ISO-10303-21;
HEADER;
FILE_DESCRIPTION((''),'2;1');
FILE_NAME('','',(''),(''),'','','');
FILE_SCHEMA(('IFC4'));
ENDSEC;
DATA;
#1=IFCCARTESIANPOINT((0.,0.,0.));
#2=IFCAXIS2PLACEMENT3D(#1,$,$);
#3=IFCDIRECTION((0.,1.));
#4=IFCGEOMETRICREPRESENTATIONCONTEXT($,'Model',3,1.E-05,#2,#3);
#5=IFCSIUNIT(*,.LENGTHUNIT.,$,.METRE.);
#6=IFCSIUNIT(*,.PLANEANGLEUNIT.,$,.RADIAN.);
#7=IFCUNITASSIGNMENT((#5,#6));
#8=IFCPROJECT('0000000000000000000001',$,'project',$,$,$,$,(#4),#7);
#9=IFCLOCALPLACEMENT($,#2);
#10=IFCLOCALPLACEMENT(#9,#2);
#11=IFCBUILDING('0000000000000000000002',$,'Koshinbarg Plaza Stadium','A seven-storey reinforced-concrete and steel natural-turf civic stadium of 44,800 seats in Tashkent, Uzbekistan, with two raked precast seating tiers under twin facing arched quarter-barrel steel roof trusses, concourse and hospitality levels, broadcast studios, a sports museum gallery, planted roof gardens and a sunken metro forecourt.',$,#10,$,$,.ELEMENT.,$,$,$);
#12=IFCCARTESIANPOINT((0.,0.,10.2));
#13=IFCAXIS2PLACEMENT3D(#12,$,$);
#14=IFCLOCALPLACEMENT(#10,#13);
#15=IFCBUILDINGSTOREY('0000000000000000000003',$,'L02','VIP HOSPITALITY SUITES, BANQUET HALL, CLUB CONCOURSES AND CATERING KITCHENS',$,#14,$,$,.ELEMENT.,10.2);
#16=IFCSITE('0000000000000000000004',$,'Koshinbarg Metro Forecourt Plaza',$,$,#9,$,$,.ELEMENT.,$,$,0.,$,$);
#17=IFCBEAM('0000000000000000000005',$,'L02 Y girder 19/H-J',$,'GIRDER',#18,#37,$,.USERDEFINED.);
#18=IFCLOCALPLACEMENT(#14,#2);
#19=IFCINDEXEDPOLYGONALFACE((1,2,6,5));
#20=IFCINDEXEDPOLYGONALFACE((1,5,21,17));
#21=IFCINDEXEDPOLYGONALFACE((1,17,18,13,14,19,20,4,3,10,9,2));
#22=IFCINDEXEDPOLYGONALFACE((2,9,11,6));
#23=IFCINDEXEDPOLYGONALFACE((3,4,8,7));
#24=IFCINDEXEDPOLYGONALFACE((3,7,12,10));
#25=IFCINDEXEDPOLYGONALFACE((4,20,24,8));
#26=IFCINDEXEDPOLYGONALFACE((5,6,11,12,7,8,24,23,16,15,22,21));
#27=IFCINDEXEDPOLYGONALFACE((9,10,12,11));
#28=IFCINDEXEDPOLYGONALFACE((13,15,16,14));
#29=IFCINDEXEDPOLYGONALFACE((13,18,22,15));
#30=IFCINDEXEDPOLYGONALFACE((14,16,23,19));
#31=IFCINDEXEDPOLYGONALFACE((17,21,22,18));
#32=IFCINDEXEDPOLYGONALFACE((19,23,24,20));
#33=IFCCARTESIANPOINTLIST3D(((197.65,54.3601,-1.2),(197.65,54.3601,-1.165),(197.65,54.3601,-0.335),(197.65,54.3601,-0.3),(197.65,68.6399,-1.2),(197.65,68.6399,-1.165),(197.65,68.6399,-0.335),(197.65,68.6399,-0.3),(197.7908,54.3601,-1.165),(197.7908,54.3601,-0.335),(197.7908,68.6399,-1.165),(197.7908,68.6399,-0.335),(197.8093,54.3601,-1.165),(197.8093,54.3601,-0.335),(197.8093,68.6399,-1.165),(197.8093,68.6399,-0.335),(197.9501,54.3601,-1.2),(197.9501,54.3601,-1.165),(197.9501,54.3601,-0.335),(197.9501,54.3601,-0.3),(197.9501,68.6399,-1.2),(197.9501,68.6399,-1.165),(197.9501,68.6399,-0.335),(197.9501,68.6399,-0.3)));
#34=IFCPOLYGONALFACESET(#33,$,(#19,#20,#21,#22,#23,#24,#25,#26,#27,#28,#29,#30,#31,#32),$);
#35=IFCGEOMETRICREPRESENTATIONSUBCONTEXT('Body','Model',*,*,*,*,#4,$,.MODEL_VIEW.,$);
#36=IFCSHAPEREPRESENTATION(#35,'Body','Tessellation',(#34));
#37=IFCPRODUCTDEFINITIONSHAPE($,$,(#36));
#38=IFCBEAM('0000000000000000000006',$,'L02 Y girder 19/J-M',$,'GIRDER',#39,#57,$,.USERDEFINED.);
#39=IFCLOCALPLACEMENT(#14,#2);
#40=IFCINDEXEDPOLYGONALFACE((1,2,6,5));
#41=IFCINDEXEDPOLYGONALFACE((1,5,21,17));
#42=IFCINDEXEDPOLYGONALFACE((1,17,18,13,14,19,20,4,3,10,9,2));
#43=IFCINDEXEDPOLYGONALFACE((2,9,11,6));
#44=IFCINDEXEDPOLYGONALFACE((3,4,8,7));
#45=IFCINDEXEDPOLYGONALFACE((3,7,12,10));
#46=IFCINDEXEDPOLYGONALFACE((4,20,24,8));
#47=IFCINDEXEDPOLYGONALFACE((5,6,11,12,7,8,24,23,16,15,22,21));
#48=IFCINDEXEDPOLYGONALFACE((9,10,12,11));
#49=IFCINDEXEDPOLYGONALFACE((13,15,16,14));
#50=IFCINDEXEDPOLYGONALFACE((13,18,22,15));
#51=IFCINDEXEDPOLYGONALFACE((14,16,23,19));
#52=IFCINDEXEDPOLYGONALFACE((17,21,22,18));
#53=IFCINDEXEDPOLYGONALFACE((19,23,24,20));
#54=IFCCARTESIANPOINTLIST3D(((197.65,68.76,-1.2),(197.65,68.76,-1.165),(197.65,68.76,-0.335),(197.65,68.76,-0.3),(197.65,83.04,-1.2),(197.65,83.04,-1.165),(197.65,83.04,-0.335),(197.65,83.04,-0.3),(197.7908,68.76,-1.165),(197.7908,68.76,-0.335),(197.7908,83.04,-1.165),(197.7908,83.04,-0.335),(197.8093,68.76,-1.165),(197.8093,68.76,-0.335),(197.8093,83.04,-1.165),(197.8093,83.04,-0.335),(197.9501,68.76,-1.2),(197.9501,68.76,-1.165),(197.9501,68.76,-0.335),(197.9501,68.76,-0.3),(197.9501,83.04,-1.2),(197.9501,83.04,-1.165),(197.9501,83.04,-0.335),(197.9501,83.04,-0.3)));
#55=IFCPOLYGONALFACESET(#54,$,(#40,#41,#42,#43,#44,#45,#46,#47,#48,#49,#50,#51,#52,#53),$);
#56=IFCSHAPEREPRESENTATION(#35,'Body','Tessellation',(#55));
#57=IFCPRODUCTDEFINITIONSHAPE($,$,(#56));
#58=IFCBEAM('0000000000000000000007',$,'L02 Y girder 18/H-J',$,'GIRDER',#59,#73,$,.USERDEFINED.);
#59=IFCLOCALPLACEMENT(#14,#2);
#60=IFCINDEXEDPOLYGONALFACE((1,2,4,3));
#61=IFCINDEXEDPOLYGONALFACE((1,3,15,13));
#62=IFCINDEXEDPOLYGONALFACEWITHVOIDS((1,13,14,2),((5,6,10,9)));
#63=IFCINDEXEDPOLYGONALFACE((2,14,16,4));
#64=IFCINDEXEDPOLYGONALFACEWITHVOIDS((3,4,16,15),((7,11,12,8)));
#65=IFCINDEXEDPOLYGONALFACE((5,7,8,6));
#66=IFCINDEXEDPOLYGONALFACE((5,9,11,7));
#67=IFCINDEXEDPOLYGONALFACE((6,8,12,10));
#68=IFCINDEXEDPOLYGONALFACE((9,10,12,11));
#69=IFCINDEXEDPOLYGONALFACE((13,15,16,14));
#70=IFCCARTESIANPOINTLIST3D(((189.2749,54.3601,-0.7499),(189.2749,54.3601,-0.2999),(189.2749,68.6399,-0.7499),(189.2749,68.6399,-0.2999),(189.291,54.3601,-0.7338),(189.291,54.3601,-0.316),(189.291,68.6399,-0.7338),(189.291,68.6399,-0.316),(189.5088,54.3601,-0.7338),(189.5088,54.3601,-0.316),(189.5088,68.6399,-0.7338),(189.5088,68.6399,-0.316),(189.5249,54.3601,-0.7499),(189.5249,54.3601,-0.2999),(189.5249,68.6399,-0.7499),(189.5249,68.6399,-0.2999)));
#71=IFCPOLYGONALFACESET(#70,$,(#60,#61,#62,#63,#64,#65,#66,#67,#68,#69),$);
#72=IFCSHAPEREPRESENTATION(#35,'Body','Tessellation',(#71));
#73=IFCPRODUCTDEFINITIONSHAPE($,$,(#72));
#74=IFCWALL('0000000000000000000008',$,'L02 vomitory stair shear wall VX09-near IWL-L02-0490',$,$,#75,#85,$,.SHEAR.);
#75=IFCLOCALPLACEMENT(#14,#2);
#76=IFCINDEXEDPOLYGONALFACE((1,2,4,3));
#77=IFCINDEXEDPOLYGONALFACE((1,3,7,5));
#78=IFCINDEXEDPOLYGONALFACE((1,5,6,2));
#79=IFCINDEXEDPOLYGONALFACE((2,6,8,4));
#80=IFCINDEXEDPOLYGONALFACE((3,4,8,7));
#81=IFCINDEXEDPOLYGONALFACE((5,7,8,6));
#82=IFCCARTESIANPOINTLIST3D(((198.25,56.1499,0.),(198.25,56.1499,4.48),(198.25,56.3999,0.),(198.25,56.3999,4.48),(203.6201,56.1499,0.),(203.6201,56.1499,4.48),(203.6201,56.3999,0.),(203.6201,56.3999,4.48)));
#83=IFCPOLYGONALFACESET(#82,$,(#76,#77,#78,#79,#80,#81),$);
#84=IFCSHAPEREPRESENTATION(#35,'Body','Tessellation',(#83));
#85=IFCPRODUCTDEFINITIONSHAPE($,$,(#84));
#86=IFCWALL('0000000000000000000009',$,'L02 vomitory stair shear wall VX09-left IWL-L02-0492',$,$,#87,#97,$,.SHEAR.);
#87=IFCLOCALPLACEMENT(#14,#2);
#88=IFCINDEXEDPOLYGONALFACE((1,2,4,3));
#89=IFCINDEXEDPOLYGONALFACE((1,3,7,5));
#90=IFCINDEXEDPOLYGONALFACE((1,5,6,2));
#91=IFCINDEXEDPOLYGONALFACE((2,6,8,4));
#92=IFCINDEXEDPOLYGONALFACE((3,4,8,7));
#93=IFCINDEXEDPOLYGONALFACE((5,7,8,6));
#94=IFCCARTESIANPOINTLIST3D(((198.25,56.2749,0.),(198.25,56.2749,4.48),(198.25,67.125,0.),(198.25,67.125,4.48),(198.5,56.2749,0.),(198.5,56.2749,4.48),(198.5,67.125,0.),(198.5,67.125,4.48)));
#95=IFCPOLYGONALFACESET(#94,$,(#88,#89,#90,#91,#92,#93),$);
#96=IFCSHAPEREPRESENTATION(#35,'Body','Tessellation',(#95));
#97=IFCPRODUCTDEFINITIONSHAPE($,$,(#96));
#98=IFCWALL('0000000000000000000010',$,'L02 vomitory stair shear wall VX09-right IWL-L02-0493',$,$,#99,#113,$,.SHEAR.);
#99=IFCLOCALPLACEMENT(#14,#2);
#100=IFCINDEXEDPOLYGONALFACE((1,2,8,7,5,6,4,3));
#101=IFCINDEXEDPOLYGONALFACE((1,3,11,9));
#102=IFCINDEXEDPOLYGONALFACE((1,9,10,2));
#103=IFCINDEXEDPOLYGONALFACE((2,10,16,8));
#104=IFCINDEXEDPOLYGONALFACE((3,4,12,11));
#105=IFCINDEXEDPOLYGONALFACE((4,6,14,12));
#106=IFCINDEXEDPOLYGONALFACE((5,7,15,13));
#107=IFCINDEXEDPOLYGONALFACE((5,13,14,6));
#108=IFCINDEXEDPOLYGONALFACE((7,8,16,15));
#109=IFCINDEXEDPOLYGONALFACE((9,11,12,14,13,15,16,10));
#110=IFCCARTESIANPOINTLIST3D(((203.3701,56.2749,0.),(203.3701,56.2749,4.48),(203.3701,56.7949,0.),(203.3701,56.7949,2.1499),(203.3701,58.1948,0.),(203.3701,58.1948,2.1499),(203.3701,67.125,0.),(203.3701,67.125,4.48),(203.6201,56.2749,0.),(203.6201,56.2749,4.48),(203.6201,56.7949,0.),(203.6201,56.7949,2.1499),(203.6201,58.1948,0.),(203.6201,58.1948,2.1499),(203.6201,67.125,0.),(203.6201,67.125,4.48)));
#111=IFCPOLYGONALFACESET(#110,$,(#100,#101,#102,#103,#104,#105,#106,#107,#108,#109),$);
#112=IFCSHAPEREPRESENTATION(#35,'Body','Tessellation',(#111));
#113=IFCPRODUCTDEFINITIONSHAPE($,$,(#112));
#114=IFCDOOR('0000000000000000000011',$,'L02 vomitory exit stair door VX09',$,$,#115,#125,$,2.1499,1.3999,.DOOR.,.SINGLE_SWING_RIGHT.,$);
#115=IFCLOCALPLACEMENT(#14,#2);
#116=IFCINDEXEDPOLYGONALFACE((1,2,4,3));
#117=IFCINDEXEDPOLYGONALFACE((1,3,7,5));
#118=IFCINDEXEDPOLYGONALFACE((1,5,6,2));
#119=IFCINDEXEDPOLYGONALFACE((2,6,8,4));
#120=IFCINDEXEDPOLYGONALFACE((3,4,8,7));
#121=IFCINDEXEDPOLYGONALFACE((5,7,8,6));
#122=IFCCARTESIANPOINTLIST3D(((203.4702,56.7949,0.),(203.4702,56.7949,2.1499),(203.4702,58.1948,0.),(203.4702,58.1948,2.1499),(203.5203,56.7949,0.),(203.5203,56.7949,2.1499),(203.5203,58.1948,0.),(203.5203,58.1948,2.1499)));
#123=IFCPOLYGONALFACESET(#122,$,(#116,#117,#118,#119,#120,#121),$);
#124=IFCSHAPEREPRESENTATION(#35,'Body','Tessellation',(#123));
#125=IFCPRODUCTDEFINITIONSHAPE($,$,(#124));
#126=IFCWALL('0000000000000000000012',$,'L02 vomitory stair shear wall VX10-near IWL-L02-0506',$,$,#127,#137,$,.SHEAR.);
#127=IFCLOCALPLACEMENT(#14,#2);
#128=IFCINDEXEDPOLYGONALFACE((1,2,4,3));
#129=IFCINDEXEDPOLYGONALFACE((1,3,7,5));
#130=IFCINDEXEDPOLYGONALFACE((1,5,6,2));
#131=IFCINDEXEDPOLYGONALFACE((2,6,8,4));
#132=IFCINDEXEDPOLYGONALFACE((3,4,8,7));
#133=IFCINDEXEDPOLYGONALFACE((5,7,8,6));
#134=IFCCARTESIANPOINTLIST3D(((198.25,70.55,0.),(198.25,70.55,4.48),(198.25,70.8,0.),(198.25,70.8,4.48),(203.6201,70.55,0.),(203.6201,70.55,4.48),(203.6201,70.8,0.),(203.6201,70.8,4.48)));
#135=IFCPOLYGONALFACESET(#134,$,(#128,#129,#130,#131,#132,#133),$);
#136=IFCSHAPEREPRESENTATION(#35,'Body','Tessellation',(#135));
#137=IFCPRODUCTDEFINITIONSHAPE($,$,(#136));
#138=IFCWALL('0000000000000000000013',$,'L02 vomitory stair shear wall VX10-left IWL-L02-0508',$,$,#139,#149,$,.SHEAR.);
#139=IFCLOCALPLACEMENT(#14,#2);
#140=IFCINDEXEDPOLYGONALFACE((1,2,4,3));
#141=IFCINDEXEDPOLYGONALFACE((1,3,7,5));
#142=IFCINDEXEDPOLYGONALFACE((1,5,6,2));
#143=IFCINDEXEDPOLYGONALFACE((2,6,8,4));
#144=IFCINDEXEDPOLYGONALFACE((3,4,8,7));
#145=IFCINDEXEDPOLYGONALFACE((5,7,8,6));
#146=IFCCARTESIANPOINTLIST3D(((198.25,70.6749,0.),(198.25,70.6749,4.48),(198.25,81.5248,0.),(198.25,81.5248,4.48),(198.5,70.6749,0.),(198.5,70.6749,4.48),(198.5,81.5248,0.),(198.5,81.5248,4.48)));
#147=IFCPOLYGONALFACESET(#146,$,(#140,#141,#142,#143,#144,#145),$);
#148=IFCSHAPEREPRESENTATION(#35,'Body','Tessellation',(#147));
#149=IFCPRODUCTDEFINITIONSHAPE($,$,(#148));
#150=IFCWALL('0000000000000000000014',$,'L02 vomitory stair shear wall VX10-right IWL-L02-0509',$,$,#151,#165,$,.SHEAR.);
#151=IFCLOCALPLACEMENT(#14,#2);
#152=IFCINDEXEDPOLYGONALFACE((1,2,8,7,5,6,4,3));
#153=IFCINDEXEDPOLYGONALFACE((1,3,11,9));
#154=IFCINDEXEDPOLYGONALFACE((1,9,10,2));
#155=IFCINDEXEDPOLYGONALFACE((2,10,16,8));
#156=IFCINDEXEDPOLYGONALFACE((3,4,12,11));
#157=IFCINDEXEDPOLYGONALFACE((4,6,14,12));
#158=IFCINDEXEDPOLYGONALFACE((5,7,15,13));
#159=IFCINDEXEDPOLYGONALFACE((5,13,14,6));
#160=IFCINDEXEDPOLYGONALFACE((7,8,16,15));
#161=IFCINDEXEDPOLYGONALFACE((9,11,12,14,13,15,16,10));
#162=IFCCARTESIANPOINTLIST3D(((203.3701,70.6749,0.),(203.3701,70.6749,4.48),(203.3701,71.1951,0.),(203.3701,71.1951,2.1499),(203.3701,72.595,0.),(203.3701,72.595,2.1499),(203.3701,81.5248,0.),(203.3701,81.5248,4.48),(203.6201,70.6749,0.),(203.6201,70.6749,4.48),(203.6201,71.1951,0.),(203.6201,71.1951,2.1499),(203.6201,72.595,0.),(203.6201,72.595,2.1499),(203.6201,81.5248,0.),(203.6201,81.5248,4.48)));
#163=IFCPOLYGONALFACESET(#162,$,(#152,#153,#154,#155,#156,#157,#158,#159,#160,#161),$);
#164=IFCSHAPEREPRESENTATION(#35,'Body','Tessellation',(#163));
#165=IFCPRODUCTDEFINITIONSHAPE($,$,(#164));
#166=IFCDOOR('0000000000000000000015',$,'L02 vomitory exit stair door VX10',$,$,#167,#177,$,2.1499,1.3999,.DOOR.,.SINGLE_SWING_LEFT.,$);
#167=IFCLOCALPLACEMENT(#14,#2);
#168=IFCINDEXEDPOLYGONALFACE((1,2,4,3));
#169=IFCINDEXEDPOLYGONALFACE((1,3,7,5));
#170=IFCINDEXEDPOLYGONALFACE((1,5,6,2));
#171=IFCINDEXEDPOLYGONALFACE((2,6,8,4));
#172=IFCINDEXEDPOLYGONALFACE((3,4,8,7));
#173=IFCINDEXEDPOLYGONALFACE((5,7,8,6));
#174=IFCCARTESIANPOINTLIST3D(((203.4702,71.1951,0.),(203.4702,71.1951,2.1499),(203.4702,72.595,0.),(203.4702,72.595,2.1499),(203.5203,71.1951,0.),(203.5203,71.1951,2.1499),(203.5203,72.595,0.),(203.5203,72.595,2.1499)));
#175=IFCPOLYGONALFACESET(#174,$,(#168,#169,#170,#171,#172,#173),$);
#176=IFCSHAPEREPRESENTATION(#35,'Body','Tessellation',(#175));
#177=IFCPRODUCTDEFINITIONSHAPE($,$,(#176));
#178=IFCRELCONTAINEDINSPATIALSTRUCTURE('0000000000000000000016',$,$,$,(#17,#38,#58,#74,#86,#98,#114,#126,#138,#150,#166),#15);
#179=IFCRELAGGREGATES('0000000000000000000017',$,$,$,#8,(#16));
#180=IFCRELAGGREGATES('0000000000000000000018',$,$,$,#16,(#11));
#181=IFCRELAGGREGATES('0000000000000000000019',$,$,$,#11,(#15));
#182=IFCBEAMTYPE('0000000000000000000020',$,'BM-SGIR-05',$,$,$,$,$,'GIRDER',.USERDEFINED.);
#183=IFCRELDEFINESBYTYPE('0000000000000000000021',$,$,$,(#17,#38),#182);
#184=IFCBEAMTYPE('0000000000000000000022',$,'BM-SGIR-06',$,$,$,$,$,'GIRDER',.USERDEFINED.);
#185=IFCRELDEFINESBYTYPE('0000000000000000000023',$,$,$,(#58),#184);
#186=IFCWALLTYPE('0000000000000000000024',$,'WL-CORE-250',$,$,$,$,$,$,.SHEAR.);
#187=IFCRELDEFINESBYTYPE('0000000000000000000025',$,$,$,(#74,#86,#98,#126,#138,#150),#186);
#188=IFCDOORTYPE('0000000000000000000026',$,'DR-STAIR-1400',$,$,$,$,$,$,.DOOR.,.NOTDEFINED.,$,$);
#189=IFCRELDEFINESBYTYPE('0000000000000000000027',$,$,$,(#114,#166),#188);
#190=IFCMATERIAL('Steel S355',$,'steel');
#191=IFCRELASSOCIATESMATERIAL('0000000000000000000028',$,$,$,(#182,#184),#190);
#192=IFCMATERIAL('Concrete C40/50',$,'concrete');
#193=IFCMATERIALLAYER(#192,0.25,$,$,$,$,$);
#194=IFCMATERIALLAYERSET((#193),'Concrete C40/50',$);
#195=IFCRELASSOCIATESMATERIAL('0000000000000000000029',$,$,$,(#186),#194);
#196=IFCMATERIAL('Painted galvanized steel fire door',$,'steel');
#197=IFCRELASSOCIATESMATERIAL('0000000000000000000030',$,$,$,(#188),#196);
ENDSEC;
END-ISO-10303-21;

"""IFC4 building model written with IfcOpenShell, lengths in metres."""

from ifc_helpers import new_model, si_unit, direction, frame, frame_2d, origin, origin_2d, place, context, subcontext, project, spatial, rectangle, hollow_rectangle, i_section, extrude, material, layer, layer_set, material_profile, profile_set, type_object, element, fill, save


model = new_model("IFC4")

# Units and contexts
model_context = context("Model", 3, precision=1e-05, world=origin(), true_north=direction((0.0, 1.0)))
body_context = subcontext(model_context, "Body", "Model", "MODEL_VIEW")
ifc_project = project(units=[si_unit("LENGTHUNIT", "METRE"), si_unit("PLANEANGLEUNIT", "RADIAN")], contexts=[model_context])

# Site, building, storey
site_placement = place(None, origin())
site = spatial("IfcSite", under=ifc_project, at=site_placement, Name="Koshinbarg Metro Forecourt Plaza", CompositionType="ELEMENT", RefElevation=0.0)
building_placement = place(site_placement, origin())
building = spatial("IfcBuilding", under=site, at=building_placement, Name="Koshinbarg Plaza Stadium", Description="A seven-storey reinforced-concrete and steel natural-turf civic stadium of 44,800 seats in Tashkent, Uzbekistan, with two raked precast seating tiers under twin facing arched quarter-barrel steel roof trusses, concourse and hospitality levels, broadcast studios, a sports museum gallery, planted roof gardens and a sunken metro forecourt.", CompositionType="ELEMENT")
storey_placement = place(building_placement, frame((0.0, 0.0, 10.2)))
storey = spatial("IfcBuildingStorey", under=building, at=storey_placement, Name="L02", Description="VIP HOSPITALITY SUITES, BANQUET HALL, CLUB CONCOURSES AND CATERING KITCHENS", CompositionType="ELEMENT", Elevation=10.2)

# Shared definitions
ifc_material_1 = material(Name="Concrete C40/50", Category="concrete")

# Beams
ifc_material_2 = material(Name="Steel S355", Category="steel")
ifc_material_profile_1 = material_profile(ifc_material_2, i_section(OverallWidth=0.3, OverallDepth=0.8999, WebThickness=0.0186, FlangeThickness=0.0349, at=origin_2d()), Name="HEB 900")
ifc_profile_set_1 = profile_set([ifc_material_profile_1], Name="Steel S355")
beam_type_1 = type_object("IfcBeamType", Name="BM-SGIR-05", ElementType="GIRDER", PredefinedType="USERDEFINED", material=ifc_profile_set_1)
beam_1_placement = place(storey_placement, frame((197.8, 54.3601, -0.75), z_axis=(0.0, 1.0, 0.0), x_axis=(-1.0, 0.0, 0.0)))
element("IfcBeam", 1, at=beam_1_placement, inside=storey, type_object=beam_type_1, Name="L02 Y girder 19/H-J", ObjectType="GIRDER", PredefinedType="USERDEFINED", context=body_context, shape_type="SweptSolid", body=[
    extrude(i_section(OverallWidth=0.3, OverallDepth=0.8999, WebThickness=0.0186, FlangeThickness=0.0349, at=origin_2d()), origin(), (0.0, 0.0, 1.0), 14.2798),
])
beam_2_placement = place(storey_placement, frame((197.8, 68.76, -0.75), z_axis=(0.0, 1.0, 0.0), x_axis=(-1.0, 0.0, 0.0)))
element("IfcBeam", 2, at=beam_2_placement, inside=storey, type_object=beam_type_1, Name="L02 Y girder 19/J-M", ObjectType="GIRDER", PredefinedType="USERDEFINED", context=body_context, shape_type="SweptSolid", body=[
    extrude(i_section(OverallWidth=0.3, OverallDepth=0.8999, WebThickness=0.0186, FlangeThickness=0.0349, at=origin_2d()), origin(), (0.0, 0.0, 1.0), 14.28),
])
ifc_material_profile_2 = material_profile(ifc_material_2, hollow_rectangle(XDim=0.25, YDim=0.45, WallThickness=0.0161, at=origin_2d()), Name="RHS 450x250x16")
ifc_profile_set_2 = profile_set([ifc_material_profile_2], Name="Steel S355")
beam_type_2 = type_object("IfcBeamType", Name="BM-SGIR-06", ElementType="GIRDER", PredefinedType="USERDEFINED", material=ifc_profile_set_2)
beam_3_placement = place(storey_placement, frame((189.3999, 54.3601, -0.5249), z_axis=(0.0, 1.0, 0.0), x_axis=(-1.0, 0.0, 0.0)))
element("IfcBeam", 3, at=beam_3_placement, inside=storey, type_object=beam_type_2, Name="L02 Y girder 18/H-J", ObjectType="GIRDER", PredefinedType="USERDEFINED", context=body_context, shape_type="SweptSolid", body=[
    extrude(hollow_rectangle(XDim=0.25, YDim=0.45, WallThickness=0.0161, at=origin_2d()), origin(), (0.0, 0.0, 1.0), 14.2798),
])

# Walls
ifc_layer_1 = layer(ifc_material_1, 0.25)
ifc_layer_set_1 = layer_set([ifc_layer_1], Name="Concrete C40/50")
wall_type_1 = type_object("IfcWallType", Name="WL-CORE-250", PredefinedType="SHEAR", material=ifc_layer_set_1)
wall_1_placement = place(storey_placement, frame((198.25, 56.2749, 0.0), z_axis=(0.0, 0.0, 1.0), x_axis=(1.0, 0.0, 0.0)))
element("IfcWall", 4, at=wall_1_placement, inside=storey, type_object=wall_type_1, Name="L02 vomitory stair shear wall VX09-near IWL-L02-0490", PredefinedType="SHEAR", context=body_context, shape_type="SweptSolid", body=[
    extrude(rectangle(XDim=5.3701, YDim=0.25, at=frame_2d((2.6851, 0.0))), origin(), (0.0, 0.0, 1.0), 4.48),
])
wall_2_placement = place(storey_placement, frame((198.375, 56.2749, 0.0), z_axis=(0.0, 0.0, 1.0), x_axis=(0.0, 1.0, 0.0)))
element("IfcWall", 5, at=wall_2_placement, inside=storey, type_object=wall_type_1, Name="L02 vomitory stair shear wall VX09-left IWL-L02-0492", PredefinedType="SHEAR", context=body_context, shape_type="SweptSolid", body=[
    extrude(rectangle(XDim=10.8501, YDim=0.25, at=frame_2d((5.425, 0.0))), origin(), (0.0, 0.0, 1.0), 4.48),
])

# Wall, opening, door
wall_3_placement = place(storey_placement, frame((203.4951, 56.2749, 0.0), z_axis=(0.0, 0.0, 1.0), x_axis=(0.0, 1.0, 0.0)))
wall_3 = element("IfcWall", 6, at=wall_3_placement, inside=storey, type_object=wall_type_1, Name="L02 vomitory stair shear wall VX09-right IWL-L02-0493", PredefinedType="SHEAR", context=body_context, shape_type="SweptSolid", body=[
    extrude(rectangle(XDim=10.8501, YDim=0.25, at=frame_2d((5.425, 0.0))), origin(), (0.0, 0.0, 1.0), 4.48),
])
opening_1_placement = place(wall_3_placement, frame((0.52, 0.0, 0.0)))
opening_1 = element("IfcOpeningElement", 7, at=opening_1_placement, cuts=wall_3, PredefinedType="OPENING", context=body_context, shape_type="SweptSolid", body=[
    extrude(rectangle(XDim=1.3999, YDim=2.1499, at=frame_2d((0.7, 1.075))), frame((0.0, 0.135, 0.0), z_axis=(0.0, -1.0, 0.0), x_axis=(1.0, 0.0, 0.0)), (0.0, 0.0, 1.0), 0.27),
])
ifc_material_3 = material(Name="Painted galvanized steel fire door", Category="steel")
door_type = type_object("IfcDoorType", Name="DR-STAIR-1400", OperationType="NOTDEFINED", PredefinedType="DOOR", material=ifc_material_3)
door_1_placement = place(opening_1_placement, origin())
door_1 = element("IfcDoor", 8, at=door_1_placement, inside=storey, type_object=door_type, Name="L02 vomitory exit stair door VX09", OperationType="SINGLE_SWING_RIGHT", OverallHeight=2.1499, OverallWidth=1.3999, PredefinedType="DOOR", context=body_context, shape_type="SweptSolid", body=[
    extrude(rectangle(XDim=1.3999, YDim=2.1499, at=frame_2d((0.7, 1.075))), frame((0.0, 0.0249, 0.0), z_axis=(0.0, -1.0, 0.0), x_axis=(1.0, 0.0, 0.0)), (0.0, 0.0, 1.0), 0.05),
])
fill(opening_1, door_1)

# Walls
wall_4_placement = place(storey_placement, frame((198.25, 70.675, 0.0), z_axis=(0.0, 0.0, 1.0), x_axis=(1.0, 0.0, 0.0)))
element("IfcWall", 9, at=wall_4_placement, inside=storey, type_object=wall_type_1, Name="L02 vomitory stair shear wall VX10-near IWL-L02-0506", PredefinedType="SHEAR", context=body_context, shape_type="SweptSolid", body=[
    extrude(rectangle(XDim=5.3701, YDim=0.25, at=frame_2d((2.6851, 0.0))), origin(), (0.0, 0.0, 1.0), 4.48),
])
wall_5_placement = place(storey_placement, frame((198.375, 70.675, 0.0), z_axis=(0.0, 0.0, 1.0), x_axis=(0.0, 1.0, 0.0)))
element("IfcWall", 10, at=wall_5_placement, inside=storey, type_object=wall_type_1, Name="L02 vomitory stair shear wall VX10-left IWL-L02-0508", PredefinedType="SHEAR", context=body_context, shape_type="SweptSolid", body=[
    extrude(rectangle(XDim=10.8499, YDim=0.25, at=frame_2d((5.4248, 0.0))), origin(), (0.0, 0.0, 1.0), 4.48),
])

# Wall, opening, door
wall_6_placement = place(storey_placement, frame((203.4951, 70.675, 0.0), z_axis=(0.0, 0.0, 1.0), x_axis=(0.0, 1.0, 0.0)))
wall_6 = element("IfcWall", 11, at=wall_6_placement, inside=storey, type_object=wall_type_1, Name="L02 vomitory stair shear wall VX10-right IWL-L02-0509", PredefinedType="SHEAR", context=body_context, shape_type="SweptSolid", body=[
    extrude(rectangle(XDim=10.8499, YDim=0.25, at=frame_2d((5.4248, 0.0))), origin(), (0.0, 0.0, 1.0), 4.48),
])
opening_2_placement = place(wall_6_placement, frame((0.52, 0.0, 0.0)))
opening_2 = element("IfcOpeningElement", 12, at=opening_2_placement, cuts=wall_6, PredefinedType="OPENING", context=body_context, shape_type="SweptSolid", body=[
    extrude(rectangle(XDim=1.3999, YDim=2.1499, at=frame_2d((0.7, 1.075))), frame((0.0, 0.135, 0.0), z_axis=(0.0, -1.0, 0.0), x_axis=(1.0, 0.0, 0.0)), (0.0, 0.0, 1.0), 0.27),
])
door_2_placement = place(opening_2_placement, origin())
door_2 = element("IfcDoor", 13, at=door_2_placement, inside=storey, type_object=door_type, Name="L02 vomitory exit stair door VX10", OperationType="SINGLE_SWING_LEFT", OverallHeight=2.1499, OverallWidth=1.3999, PredefinedType="DOOR", context=body_context, shape_type="SweptSolid", body=[
    extrude(rectangle(XDim=1.3999, YDim=2.1499, at=frame_2d((0.7, 1.075))), frame((0.0, 0.0249, 0.0), z_axis=(0.0, -1.0, 0.0), x_axis=(1.0, 0.0, 0.0)), (0.0, 0.0, 1.0), 0.05),
])
fill(opening_2, door_2)

save(model, "model.ifc")
